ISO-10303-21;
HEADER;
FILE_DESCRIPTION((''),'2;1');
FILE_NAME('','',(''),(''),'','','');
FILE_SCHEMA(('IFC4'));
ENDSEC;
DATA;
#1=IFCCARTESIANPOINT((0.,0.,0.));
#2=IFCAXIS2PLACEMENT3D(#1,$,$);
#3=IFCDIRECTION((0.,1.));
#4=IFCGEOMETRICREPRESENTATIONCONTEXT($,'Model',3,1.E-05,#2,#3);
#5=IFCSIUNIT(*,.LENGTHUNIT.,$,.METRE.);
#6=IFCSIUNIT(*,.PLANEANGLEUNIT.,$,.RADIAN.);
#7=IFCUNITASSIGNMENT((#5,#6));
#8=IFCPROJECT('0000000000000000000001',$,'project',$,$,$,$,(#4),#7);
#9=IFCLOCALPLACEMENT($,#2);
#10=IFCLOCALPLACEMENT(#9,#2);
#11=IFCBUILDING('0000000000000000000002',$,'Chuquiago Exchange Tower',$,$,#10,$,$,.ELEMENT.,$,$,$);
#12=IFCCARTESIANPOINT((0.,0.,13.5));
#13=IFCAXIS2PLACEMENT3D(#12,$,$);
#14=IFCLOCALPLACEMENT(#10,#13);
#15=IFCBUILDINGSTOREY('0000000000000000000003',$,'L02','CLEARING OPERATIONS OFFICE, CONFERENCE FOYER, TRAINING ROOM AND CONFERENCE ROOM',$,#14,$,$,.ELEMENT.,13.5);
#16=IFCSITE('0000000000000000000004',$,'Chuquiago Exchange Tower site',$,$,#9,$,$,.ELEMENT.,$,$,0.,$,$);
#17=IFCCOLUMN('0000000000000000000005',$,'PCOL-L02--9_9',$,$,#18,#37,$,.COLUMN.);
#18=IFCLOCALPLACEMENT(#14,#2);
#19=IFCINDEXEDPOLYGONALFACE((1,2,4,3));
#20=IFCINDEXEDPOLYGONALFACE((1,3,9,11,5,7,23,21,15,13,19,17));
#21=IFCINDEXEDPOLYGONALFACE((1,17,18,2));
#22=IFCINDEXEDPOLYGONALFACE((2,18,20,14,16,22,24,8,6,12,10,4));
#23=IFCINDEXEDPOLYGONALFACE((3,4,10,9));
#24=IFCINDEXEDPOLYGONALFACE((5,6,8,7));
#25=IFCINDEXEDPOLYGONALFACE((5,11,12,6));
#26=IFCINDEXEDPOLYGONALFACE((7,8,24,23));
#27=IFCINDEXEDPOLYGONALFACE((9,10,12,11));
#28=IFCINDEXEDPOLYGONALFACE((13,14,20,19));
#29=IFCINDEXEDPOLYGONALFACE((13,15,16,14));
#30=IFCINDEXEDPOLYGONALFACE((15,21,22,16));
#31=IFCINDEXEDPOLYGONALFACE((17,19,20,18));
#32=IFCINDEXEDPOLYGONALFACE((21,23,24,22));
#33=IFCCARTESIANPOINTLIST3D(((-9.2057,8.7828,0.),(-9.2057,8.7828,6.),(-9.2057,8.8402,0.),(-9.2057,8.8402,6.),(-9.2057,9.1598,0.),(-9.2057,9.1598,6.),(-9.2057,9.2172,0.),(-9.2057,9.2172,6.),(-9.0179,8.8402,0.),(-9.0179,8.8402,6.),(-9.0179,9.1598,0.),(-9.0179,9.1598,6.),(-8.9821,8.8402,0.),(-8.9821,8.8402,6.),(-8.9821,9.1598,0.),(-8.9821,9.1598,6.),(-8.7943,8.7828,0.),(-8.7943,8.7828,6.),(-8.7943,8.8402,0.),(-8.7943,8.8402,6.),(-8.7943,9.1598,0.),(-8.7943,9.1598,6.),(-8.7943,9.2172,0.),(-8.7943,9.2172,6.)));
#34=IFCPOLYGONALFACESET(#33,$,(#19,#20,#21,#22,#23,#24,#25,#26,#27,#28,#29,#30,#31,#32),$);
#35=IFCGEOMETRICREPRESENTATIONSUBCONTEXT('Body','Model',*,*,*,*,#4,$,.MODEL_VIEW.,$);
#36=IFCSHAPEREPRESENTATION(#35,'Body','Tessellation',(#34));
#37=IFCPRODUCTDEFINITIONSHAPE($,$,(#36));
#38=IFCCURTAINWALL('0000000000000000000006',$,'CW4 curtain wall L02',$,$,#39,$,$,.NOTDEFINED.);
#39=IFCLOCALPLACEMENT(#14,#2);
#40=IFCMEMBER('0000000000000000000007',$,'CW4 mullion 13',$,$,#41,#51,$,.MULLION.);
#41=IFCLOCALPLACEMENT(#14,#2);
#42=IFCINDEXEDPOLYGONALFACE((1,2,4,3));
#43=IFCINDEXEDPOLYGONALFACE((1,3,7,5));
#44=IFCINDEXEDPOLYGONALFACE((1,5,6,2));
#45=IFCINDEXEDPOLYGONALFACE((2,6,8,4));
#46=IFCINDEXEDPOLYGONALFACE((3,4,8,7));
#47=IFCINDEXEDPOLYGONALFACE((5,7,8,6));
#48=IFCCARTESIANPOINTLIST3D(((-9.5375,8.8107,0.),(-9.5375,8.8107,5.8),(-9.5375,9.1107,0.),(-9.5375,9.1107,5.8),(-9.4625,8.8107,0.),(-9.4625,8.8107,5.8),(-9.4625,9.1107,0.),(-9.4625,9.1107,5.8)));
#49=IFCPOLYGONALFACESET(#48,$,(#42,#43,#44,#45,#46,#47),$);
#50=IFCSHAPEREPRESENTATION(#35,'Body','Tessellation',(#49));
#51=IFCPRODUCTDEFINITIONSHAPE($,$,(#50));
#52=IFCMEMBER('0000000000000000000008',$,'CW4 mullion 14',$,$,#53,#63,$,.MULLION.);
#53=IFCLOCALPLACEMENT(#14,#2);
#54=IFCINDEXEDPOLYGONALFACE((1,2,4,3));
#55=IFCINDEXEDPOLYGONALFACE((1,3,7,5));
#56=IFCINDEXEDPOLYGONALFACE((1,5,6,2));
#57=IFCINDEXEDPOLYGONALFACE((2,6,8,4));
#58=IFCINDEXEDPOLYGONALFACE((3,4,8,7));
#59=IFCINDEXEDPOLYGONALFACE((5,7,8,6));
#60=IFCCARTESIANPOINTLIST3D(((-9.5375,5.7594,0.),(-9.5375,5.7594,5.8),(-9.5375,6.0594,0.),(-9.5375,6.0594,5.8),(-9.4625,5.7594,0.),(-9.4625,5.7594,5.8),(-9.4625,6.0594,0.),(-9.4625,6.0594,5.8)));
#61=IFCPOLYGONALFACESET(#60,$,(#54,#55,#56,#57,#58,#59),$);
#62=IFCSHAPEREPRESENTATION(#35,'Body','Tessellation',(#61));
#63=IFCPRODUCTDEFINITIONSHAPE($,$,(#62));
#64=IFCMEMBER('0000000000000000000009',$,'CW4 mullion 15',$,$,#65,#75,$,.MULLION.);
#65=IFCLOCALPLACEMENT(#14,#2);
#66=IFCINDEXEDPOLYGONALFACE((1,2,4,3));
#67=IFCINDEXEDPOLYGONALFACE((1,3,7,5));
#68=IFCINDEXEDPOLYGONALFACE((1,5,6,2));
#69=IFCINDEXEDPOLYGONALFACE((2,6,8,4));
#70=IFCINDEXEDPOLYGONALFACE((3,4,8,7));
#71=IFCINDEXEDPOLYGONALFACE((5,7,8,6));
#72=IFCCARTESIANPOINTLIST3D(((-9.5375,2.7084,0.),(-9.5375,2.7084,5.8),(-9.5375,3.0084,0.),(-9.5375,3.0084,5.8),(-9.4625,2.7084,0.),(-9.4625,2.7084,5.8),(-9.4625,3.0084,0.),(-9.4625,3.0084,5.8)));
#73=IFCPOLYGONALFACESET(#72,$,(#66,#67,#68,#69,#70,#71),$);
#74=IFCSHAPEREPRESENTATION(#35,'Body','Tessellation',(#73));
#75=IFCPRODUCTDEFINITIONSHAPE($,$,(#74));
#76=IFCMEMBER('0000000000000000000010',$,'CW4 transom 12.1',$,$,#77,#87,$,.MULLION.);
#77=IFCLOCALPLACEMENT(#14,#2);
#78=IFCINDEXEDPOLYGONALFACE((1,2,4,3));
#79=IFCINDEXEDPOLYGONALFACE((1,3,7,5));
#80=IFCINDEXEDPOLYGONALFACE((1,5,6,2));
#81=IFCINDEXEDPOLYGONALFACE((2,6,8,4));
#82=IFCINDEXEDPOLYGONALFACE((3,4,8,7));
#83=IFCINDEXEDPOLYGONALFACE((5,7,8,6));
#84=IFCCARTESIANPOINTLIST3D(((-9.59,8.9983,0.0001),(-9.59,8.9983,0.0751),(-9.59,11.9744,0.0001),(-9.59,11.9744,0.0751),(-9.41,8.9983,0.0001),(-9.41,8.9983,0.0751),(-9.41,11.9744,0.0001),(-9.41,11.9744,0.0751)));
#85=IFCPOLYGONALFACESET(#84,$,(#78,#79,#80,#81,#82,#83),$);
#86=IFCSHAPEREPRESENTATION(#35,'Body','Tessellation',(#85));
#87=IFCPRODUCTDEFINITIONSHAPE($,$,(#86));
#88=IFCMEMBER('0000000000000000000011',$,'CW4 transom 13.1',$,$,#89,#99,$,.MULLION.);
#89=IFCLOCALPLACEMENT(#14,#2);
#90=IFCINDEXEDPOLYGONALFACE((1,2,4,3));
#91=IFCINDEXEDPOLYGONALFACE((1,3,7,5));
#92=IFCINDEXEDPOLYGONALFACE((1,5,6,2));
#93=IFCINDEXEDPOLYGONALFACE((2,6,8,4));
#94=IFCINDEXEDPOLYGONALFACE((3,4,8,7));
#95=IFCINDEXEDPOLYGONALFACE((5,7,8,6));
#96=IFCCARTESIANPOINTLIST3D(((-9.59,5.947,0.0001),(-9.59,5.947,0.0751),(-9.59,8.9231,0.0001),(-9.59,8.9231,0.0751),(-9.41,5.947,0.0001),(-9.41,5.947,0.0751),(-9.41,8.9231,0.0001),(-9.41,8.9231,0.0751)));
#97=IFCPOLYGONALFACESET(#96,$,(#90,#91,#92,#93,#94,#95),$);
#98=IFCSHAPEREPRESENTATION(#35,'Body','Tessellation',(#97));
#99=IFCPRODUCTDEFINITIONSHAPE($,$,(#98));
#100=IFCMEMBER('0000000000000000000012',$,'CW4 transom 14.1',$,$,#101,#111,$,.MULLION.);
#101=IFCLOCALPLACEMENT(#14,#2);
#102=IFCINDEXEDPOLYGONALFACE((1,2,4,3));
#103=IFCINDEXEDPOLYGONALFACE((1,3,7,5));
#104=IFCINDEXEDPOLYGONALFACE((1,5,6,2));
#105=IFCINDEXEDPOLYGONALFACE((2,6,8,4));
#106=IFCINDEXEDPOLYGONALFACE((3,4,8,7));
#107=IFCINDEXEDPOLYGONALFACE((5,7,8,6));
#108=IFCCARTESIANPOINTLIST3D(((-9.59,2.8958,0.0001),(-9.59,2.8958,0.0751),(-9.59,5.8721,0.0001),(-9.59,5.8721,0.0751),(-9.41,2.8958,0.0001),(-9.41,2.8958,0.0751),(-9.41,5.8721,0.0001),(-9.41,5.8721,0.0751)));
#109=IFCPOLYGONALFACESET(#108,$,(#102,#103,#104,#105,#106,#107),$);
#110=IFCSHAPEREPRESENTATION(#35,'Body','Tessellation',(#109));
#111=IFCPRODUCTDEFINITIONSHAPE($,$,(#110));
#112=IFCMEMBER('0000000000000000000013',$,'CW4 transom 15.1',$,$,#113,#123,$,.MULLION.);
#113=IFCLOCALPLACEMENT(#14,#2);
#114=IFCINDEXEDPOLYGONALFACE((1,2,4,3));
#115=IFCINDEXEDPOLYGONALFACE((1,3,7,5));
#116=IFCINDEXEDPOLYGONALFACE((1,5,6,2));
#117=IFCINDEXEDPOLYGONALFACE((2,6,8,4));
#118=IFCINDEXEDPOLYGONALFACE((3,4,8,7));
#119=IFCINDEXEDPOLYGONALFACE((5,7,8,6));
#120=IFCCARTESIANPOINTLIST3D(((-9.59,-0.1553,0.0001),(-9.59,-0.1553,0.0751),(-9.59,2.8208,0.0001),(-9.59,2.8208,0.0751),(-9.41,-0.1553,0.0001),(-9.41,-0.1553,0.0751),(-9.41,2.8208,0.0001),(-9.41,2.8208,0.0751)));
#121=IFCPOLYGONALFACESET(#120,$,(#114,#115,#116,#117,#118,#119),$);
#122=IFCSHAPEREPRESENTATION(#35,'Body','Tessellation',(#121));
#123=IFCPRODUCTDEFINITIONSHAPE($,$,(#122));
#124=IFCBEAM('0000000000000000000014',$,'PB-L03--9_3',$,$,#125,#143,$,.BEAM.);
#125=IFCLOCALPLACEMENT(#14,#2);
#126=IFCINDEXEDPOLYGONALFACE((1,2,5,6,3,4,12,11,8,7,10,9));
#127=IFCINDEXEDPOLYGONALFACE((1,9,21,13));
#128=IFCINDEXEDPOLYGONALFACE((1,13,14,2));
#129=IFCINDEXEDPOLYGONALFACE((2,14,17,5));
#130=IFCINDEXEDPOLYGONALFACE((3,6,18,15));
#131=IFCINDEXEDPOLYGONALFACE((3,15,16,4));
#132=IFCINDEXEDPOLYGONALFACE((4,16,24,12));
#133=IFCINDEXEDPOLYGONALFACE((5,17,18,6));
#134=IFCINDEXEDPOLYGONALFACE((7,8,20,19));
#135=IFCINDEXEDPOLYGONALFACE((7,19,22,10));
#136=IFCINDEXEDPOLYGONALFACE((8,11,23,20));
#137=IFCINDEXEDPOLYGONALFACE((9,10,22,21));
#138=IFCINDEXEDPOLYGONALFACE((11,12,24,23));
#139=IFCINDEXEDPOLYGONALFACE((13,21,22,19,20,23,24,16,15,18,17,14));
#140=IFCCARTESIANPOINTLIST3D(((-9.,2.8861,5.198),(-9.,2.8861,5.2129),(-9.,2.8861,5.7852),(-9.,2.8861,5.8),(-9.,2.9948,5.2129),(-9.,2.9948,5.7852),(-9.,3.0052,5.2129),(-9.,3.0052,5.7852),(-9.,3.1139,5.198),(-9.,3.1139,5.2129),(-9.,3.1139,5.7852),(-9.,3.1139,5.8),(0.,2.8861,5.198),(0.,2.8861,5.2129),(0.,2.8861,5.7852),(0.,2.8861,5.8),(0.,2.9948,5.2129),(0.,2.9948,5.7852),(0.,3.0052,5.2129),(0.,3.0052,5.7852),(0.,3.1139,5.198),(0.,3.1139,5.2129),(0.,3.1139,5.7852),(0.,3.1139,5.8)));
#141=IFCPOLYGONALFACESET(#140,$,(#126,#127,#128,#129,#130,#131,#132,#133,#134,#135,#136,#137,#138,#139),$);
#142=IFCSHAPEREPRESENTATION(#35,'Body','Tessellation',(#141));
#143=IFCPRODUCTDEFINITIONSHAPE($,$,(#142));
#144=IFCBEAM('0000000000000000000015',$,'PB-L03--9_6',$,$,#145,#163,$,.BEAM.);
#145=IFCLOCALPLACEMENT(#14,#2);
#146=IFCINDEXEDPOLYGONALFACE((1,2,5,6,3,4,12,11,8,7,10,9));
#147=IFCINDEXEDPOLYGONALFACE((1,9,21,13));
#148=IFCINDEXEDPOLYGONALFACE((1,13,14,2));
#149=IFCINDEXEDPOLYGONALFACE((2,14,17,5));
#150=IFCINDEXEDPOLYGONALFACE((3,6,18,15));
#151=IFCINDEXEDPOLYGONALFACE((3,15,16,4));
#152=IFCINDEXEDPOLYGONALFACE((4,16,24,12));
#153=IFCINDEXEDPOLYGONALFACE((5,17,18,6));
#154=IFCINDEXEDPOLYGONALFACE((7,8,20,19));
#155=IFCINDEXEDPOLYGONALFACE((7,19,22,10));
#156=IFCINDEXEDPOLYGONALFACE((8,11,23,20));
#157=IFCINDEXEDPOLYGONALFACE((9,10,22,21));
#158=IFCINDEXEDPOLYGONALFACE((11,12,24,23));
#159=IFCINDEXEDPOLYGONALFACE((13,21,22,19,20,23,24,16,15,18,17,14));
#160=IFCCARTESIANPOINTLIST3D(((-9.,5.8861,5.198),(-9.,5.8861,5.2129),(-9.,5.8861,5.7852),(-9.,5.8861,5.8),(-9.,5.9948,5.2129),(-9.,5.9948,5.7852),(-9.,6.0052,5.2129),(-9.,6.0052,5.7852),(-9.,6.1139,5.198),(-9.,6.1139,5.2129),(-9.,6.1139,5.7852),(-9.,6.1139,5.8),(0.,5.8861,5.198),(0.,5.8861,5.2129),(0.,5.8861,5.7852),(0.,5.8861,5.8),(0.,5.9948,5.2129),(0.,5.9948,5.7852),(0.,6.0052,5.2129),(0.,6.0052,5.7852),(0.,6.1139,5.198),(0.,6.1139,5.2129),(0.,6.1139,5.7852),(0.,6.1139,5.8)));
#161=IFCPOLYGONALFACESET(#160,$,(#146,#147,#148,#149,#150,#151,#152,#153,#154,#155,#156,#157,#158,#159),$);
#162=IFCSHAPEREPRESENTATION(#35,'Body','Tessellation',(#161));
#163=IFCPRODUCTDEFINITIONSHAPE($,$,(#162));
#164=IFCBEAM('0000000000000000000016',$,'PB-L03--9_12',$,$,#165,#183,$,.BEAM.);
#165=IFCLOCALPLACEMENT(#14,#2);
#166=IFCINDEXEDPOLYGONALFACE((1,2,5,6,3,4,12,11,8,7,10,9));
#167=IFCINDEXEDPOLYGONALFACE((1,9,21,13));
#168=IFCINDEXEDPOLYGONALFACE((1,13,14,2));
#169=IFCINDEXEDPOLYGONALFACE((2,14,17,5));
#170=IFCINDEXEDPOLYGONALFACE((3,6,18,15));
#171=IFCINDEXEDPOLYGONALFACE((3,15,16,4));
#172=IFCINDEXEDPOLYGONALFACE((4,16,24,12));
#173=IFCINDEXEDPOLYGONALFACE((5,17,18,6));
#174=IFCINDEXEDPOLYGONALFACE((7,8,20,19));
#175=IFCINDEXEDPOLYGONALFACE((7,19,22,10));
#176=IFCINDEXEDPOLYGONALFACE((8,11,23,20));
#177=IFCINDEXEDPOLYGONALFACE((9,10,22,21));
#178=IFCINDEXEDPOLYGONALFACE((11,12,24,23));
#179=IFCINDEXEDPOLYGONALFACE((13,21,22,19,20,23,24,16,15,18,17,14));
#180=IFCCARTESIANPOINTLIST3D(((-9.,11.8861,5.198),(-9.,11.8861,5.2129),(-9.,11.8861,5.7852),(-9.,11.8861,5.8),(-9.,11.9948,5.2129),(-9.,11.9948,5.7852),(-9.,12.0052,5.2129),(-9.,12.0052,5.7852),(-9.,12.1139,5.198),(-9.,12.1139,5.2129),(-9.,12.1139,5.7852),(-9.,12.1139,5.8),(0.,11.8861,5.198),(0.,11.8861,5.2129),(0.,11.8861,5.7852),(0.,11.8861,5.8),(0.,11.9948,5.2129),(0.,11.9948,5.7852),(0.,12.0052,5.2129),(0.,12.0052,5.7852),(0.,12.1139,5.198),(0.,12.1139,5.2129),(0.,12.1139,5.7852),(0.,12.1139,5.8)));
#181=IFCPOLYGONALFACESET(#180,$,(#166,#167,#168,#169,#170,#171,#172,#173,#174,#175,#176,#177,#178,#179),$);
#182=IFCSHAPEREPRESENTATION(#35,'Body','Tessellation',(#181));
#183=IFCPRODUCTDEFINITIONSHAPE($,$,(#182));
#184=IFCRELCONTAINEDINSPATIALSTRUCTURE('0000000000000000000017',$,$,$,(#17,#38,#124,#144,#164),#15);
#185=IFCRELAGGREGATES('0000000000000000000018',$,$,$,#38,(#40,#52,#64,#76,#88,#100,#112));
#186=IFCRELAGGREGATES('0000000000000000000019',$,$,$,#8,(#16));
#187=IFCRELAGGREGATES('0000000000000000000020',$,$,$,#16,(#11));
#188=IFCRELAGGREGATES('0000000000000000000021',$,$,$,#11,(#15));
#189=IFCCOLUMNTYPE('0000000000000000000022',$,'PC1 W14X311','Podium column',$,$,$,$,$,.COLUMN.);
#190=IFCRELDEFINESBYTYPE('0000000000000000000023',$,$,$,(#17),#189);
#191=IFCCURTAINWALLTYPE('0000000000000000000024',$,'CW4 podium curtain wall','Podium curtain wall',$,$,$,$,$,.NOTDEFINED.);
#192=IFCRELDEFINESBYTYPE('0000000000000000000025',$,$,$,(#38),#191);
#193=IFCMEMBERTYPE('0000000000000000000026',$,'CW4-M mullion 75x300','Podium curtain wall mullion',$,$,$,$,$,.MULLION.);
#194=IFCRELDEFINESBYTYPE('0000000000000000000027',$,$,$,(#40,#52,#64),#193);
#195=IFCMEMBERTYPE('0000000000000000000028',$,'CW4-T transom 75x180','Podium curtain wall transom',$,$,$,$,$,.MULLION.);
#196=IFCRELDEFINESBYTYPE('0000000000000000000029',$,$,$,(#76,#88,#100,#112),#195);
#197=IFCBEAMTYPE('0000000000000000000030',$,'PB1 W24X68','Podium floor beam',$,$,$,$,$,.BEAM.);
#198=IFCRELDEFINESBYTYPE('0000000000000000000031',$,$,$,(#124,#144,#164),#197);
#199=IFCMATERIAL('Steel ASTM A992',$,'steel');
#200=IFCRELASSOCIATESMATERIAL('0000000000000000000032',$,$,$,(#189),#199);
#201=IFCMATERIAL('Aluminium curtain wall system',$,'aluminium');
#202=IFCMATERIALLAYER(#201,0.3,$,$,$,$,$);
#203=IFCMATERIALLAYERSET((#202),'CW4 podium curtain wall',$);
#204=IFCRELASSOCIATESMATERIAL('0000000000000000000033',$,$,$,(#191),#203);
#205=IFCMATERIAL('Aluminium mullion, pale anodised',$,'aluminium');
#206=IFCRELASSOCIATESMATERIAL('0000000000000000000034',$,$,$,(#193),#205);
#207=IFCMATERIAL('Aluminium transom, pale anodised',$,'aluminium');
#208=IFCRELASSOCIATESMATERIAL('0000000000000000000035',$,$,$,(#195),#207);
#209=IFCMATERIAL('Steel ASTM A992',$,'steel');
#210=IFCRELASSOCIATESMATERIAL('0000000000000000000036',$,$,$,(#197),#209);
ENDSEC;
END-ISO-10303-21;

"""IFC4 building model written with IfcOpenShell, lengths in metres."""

from ifc_helpers import new_model, si_unit, direction, frame, origin, origin_2d, place, context, subcontext, project, spatial, rectangle, i_section, extrude, material, layer, layer_set, material_profile, profile_set, type_object, element, aggregate, save


model = new_model("IFC4")

# Units and contexts
model_context = context("Model", 3, precision=1e-05, world=origin(), true_north=direction((0.0, 1.0)))
body_context = subcontext(model_context, "Body", "Model", "MODEL_VIEW")
ifc_project = project(units=[si_unit("LENGTHUNIT", "METRE"), si_unit("PLANEANGLEUNIT", "RADIAN")], contexts=[model_context])

# Site, building, storey
site_placement = place(None, origin())
site = spatial("IfcSite", under=ifc_project, at=site_placement, Name="Chuquiago Exchange Tower site", CompositionType="ELEMENT", RefElevation=0.0)
building_placement = place(site_placement, origin())
building = spatial("IfcBuilding", under=site, at=building_placement, Name="Chuquiago Exchange Tower", CompositionType="ELEMENT")
storey_placement = place(building_placement, frame((0.0, 0.0, 13.5)))
storey = spatial("IfcBuildingStorey", under=building, at=storey_placement, Name="L02", Description="CLEARING OPERATIONS OFFICE, CONFERENCE FOYER, TRAINING ROOM AND CONFERENCE ROOM", CompositionType="ELEMENT", Elevation=13.5)

# Column
ifc_material_1 = material(Name="Steel ASTM A992", Category="steel")
ifc_material_profile_1 = material_profile(ifc_material_1, i_section(OverallWidth=0.4114, OverallDepth=0.4343, WebThickness=0.0359, FlangeThickness=0.0574, at=origin_2d()), Name="W14X311")
ifc_profile_set_1 = profile_set([ifc_material_profile_1], Name="Steel ASTM A992")
column_type = type_object("IfcColumnType", Name="PC1 W14X311", Description="Podium column", PredefinedType="COLUMN", material=ifc_profile_set_1)
column_placement = place(storey_placement, frame((-9.0, 9.0, 0.0), z_axis=(0.0, 0.0, 1.0), x_axis=(1.0, 0.0, 0.0)))
element("IfcColumn", 1, at=column_placement, inside=storey, type_object=column_type, Name="PCOL-L02--9_9", PredefinedType="COLUMN", context=body_context, shape_type="SweptSolid", body=[
    extrude(i_section(OverallWidth=0.4114, OverallDepth=0.4343, WebThickness=0.0359, FlangeThickness=0.0574, at=origin_2d()), origin(), (0.0, 0.0, 1.0), 6.0),
])

# Curtain wall, members
ifc_material_2 = material(Name="Aluminium curtain wall system", Category="aluminium")
ifc_layer_1 = layer(ifc_material_2, 0.3)
ifc_layer_set_1 = layer_set([ifc_layer_1], Name="CW4 podium curtain wall")
curtain_wall_type = type_object("IfcCurtainWallType", Name="CW4 podium curtain wall", Description="Podium curtain wall", PredefinedType="NOTDEFINED", material=ifc_layer_set_1)
curtain_wall_placement = place(storey_placement, origin())
curtain_wall = element("IfcCurtainWall", 2, at=curtain_wall_placement, inside=storey, type_object=curtain_wall_type, Name="CW4 curtain wall L02", PredefinedType="NOTDEFINED")
ifc_material_3 = material(Name="Aluminium mullion, pale anodised", Category="aluminium")
ifc_material_profile_2 = material_profile(ifc_material_3, rectangle(XDim=0.075, YDim=0.3, at=origin_2d()), Name="AL 75x300")
ifc_profile_set_2 = profile_set([ifc_material_profile_2], Name="Aluminium mullion, pale anodised")
member_type_1 = type_object("IfcMemberType", Name="CW4-M mullion 75x300", Description="Podium curtain wall mullion", PredefinedType="MULLION", material=ifc_profile_set_2)
member_1_placement = place(storey_placement, frame((-9.5, 8.9607, 0.0), z_axis=(0.0, 0.0, 1.0), x_axis=(1.0, 0.0, 0.0)))
member_1 = element("IfcMember", 3, at=member_1_placement, type_object=member_type_1, Name="CW4 mullion 13", PredefinedType="MULLION", context=body_context, shape_type="SweptSolid", body=[
    extrude(rectangle(XDim=0.075, YDim=0.3, at=origin_2d()), origin(), (0.0, 0.0, 1.0), 5.8),
])
member_2_placement = place(storey_placement, frame((-9.5, 5.9094, 0.0), z_axis=(0.0, 0.0, 1.0), x_axis=(1.0, 0.0, 0.0)))
member_2 = element("IfcMember", 4, at=member_2_placement, type_object=member_type_1, Name="CW4 mullion 14", PredefinedType="MULLION", context=body_context, shape_type="SweptSolid", body=[
    extrude(rectangle(XDim=0.075, YDim=0.3, at=origin_2d()), origin(), (0.0, 0.0, 1.0), 5.8),
])
member_3_placement = place(storey_placement, frame((-9.5, 2.8584, 0.0), z_axis=(0.0, 0.0, 1.0), x_axis=(1.0, 0.0, 0.0)))
member_3 = element("IfcMember", 5, at=member_3_placement, type_object=member_type_1, Name="CW4 mullion 15", PredefinedType="MULLION", context=body_context, shape_type="SweptSolid", body=[
    extrude(rectangle(XDim=0.075, YDim=0.3, at=origin_2d()), origin(), (0.0, 0.0, 1.0), 5.8),
])
ifc_material_4 = material(Name="Aluminium transom, pale anodised", Category="aluminium")
ifc_material_profile_3 = material_profile(ifc_material_4, rectangle(XDim=0.1799, YDim=0.075, at=origin_2d()), Name="AL 180x75")
ifc_profile_set_3 = profile_set([ifc_material_profile_3], Name="Aluminium transom, pale anodised")
member_type_2 = type_object("IfcMemberType", Name="CW4-T transom 75x180", Description="Podium curtain wall transom", PredefinedType="MULLION", material=ifc_profile_set_3)
member_4_placement = place(storey_placement, frame((-9.5, 11.9744, 0.0376), z_axis=(0.0, -1.0, 0.0), x_axis=(1.0, 0.0, 0.0)))
member_4 = element("IfcMember", 6, at=member_4_placement, type_object=member_type_2, Name="CW4 transom 12.1", PredefinedType="MULLION", context=body_context, shape_type="SweptSolid", body=[
    extrude(rectangle(XDim=0.1799, YDim=0.075, at=origin_2d()), origin(), (0.0, 0.0, 1.0), 2.9761),
])
member_5_placement = place(storey_placement, frame((-9.5, 8.9231, 0.0376), z_axis=(0.0, -1.0, 0.0), x_axis=(1.0, 0.0, 0.0)))
member_5 = element("IfcMember", 7, at=member_5_placement, type_object=member_type_2, Name="CW4 transom 13.1", PredefinedType="MULLION", context=body_context, shape_type="SweptSolid", body=[
    extrude(rectangle(XDim=0.1799, YDim=0.075, at=origin_2d()), origin(), (0.0, 0.0, 1.0), 2.9761),
])
member_6_placement = place(storey_placement, frame((-9.5, 5.8721, 0.0376), z_axis=(0.0, -1.0, 0.0), x_axis=(1.0, 0.0, 0.0)))
member_6 = element("IfcMember", 8, at=member_6_placement, type_object=member_type_2, Name="CW4 transom 14.1", PredefinedType="MULLION", context=body_context, shape_type="SweptSolid", body=[
    extrude(rectangle(XDim=0.1799, YDim=0.075, at=origin_2d()), origin(), (0.0, 0.0, 1.0), 2.9763),
])
member_7_placement = place(storey_placement, frame((-9.5, 2.8208, 0.0376), z_axis=(0.0, -1.0, 0.0), x_axis=(1.0, 0.0, 0.0)))
member_7 = element("IfcMember", 9, at=member_7_placement, type_object=member_type_2, Name="CW4 transom 15.1", PredefinedType="MULLION", context=body_context, shape_type="SweptSolid", body=[
    extrude(rectangle(XDim=0.1799, YDim=0.075, at=origin_2d()), origin(), (0.0, 0.0, 1.0), 2.9761),
])

# Beams
ifc_material_5 = material(Name="Steel ASTM A992", Category="steel")
ifc_material_profile_4 = material_profile(ifc_material_5, i_section(OverallWidth=0.2278, OverallDepth=0.6021, WebThickness=0.0105, FlangeThickness=0.0149, at=origin_2d()), Name="W24X68")
ifc_profile_set_4 = profile_set([ifc_material_profile_4], Name="Steel ASTM A992")
beam_type_1 = type_object("IfcBeamType", Name="PB1 W24X68", Description="Podium floor beam", PredefinedType="BEAM", material=ifc_profile_set_4)
for number, where, z_axis, x_axis, name in (
    (10, (-9.0, 3.0, 5.499), (1.0, 0.0, 0.0), (0.0, 1.0, 0.0), "PB-L03--9_3"),
    (11, (-9.0, 6.0, 5.499), (1.0, 0.0, 0.0), (0.0, 1.0, 0.0), "PB-L03--9_6"),
    (12, (-9.0, 12.0, 5.499), (1.0, 0.0, 0.0), (0.0, 1.0, 0.0), "PB-L03--9_12"),
):
    element("IfcBeam", number, at=place(storey_placement, frame(where, z_axis=z_axis, x_axis=x_axis)), inside=storey, type_object=beam_type_1, Name=name, PredefinedType="BEAM", context=body_context, shape_type="SweptSolid", body=[
        extrude(i_section(OverallWidth=0.2278, OverallDepth=0.6021, WebThickness=0.0105, FlangeThickness=0.0149, at=origin_2d()), origin(), (0.0, 0.0, 1.0), 9.0),
    ])

aggregate(curtain_wall, [member_1, member_2, member_3, member_4, member_5, member_6, member_7])

save(model, "model.ifc")
